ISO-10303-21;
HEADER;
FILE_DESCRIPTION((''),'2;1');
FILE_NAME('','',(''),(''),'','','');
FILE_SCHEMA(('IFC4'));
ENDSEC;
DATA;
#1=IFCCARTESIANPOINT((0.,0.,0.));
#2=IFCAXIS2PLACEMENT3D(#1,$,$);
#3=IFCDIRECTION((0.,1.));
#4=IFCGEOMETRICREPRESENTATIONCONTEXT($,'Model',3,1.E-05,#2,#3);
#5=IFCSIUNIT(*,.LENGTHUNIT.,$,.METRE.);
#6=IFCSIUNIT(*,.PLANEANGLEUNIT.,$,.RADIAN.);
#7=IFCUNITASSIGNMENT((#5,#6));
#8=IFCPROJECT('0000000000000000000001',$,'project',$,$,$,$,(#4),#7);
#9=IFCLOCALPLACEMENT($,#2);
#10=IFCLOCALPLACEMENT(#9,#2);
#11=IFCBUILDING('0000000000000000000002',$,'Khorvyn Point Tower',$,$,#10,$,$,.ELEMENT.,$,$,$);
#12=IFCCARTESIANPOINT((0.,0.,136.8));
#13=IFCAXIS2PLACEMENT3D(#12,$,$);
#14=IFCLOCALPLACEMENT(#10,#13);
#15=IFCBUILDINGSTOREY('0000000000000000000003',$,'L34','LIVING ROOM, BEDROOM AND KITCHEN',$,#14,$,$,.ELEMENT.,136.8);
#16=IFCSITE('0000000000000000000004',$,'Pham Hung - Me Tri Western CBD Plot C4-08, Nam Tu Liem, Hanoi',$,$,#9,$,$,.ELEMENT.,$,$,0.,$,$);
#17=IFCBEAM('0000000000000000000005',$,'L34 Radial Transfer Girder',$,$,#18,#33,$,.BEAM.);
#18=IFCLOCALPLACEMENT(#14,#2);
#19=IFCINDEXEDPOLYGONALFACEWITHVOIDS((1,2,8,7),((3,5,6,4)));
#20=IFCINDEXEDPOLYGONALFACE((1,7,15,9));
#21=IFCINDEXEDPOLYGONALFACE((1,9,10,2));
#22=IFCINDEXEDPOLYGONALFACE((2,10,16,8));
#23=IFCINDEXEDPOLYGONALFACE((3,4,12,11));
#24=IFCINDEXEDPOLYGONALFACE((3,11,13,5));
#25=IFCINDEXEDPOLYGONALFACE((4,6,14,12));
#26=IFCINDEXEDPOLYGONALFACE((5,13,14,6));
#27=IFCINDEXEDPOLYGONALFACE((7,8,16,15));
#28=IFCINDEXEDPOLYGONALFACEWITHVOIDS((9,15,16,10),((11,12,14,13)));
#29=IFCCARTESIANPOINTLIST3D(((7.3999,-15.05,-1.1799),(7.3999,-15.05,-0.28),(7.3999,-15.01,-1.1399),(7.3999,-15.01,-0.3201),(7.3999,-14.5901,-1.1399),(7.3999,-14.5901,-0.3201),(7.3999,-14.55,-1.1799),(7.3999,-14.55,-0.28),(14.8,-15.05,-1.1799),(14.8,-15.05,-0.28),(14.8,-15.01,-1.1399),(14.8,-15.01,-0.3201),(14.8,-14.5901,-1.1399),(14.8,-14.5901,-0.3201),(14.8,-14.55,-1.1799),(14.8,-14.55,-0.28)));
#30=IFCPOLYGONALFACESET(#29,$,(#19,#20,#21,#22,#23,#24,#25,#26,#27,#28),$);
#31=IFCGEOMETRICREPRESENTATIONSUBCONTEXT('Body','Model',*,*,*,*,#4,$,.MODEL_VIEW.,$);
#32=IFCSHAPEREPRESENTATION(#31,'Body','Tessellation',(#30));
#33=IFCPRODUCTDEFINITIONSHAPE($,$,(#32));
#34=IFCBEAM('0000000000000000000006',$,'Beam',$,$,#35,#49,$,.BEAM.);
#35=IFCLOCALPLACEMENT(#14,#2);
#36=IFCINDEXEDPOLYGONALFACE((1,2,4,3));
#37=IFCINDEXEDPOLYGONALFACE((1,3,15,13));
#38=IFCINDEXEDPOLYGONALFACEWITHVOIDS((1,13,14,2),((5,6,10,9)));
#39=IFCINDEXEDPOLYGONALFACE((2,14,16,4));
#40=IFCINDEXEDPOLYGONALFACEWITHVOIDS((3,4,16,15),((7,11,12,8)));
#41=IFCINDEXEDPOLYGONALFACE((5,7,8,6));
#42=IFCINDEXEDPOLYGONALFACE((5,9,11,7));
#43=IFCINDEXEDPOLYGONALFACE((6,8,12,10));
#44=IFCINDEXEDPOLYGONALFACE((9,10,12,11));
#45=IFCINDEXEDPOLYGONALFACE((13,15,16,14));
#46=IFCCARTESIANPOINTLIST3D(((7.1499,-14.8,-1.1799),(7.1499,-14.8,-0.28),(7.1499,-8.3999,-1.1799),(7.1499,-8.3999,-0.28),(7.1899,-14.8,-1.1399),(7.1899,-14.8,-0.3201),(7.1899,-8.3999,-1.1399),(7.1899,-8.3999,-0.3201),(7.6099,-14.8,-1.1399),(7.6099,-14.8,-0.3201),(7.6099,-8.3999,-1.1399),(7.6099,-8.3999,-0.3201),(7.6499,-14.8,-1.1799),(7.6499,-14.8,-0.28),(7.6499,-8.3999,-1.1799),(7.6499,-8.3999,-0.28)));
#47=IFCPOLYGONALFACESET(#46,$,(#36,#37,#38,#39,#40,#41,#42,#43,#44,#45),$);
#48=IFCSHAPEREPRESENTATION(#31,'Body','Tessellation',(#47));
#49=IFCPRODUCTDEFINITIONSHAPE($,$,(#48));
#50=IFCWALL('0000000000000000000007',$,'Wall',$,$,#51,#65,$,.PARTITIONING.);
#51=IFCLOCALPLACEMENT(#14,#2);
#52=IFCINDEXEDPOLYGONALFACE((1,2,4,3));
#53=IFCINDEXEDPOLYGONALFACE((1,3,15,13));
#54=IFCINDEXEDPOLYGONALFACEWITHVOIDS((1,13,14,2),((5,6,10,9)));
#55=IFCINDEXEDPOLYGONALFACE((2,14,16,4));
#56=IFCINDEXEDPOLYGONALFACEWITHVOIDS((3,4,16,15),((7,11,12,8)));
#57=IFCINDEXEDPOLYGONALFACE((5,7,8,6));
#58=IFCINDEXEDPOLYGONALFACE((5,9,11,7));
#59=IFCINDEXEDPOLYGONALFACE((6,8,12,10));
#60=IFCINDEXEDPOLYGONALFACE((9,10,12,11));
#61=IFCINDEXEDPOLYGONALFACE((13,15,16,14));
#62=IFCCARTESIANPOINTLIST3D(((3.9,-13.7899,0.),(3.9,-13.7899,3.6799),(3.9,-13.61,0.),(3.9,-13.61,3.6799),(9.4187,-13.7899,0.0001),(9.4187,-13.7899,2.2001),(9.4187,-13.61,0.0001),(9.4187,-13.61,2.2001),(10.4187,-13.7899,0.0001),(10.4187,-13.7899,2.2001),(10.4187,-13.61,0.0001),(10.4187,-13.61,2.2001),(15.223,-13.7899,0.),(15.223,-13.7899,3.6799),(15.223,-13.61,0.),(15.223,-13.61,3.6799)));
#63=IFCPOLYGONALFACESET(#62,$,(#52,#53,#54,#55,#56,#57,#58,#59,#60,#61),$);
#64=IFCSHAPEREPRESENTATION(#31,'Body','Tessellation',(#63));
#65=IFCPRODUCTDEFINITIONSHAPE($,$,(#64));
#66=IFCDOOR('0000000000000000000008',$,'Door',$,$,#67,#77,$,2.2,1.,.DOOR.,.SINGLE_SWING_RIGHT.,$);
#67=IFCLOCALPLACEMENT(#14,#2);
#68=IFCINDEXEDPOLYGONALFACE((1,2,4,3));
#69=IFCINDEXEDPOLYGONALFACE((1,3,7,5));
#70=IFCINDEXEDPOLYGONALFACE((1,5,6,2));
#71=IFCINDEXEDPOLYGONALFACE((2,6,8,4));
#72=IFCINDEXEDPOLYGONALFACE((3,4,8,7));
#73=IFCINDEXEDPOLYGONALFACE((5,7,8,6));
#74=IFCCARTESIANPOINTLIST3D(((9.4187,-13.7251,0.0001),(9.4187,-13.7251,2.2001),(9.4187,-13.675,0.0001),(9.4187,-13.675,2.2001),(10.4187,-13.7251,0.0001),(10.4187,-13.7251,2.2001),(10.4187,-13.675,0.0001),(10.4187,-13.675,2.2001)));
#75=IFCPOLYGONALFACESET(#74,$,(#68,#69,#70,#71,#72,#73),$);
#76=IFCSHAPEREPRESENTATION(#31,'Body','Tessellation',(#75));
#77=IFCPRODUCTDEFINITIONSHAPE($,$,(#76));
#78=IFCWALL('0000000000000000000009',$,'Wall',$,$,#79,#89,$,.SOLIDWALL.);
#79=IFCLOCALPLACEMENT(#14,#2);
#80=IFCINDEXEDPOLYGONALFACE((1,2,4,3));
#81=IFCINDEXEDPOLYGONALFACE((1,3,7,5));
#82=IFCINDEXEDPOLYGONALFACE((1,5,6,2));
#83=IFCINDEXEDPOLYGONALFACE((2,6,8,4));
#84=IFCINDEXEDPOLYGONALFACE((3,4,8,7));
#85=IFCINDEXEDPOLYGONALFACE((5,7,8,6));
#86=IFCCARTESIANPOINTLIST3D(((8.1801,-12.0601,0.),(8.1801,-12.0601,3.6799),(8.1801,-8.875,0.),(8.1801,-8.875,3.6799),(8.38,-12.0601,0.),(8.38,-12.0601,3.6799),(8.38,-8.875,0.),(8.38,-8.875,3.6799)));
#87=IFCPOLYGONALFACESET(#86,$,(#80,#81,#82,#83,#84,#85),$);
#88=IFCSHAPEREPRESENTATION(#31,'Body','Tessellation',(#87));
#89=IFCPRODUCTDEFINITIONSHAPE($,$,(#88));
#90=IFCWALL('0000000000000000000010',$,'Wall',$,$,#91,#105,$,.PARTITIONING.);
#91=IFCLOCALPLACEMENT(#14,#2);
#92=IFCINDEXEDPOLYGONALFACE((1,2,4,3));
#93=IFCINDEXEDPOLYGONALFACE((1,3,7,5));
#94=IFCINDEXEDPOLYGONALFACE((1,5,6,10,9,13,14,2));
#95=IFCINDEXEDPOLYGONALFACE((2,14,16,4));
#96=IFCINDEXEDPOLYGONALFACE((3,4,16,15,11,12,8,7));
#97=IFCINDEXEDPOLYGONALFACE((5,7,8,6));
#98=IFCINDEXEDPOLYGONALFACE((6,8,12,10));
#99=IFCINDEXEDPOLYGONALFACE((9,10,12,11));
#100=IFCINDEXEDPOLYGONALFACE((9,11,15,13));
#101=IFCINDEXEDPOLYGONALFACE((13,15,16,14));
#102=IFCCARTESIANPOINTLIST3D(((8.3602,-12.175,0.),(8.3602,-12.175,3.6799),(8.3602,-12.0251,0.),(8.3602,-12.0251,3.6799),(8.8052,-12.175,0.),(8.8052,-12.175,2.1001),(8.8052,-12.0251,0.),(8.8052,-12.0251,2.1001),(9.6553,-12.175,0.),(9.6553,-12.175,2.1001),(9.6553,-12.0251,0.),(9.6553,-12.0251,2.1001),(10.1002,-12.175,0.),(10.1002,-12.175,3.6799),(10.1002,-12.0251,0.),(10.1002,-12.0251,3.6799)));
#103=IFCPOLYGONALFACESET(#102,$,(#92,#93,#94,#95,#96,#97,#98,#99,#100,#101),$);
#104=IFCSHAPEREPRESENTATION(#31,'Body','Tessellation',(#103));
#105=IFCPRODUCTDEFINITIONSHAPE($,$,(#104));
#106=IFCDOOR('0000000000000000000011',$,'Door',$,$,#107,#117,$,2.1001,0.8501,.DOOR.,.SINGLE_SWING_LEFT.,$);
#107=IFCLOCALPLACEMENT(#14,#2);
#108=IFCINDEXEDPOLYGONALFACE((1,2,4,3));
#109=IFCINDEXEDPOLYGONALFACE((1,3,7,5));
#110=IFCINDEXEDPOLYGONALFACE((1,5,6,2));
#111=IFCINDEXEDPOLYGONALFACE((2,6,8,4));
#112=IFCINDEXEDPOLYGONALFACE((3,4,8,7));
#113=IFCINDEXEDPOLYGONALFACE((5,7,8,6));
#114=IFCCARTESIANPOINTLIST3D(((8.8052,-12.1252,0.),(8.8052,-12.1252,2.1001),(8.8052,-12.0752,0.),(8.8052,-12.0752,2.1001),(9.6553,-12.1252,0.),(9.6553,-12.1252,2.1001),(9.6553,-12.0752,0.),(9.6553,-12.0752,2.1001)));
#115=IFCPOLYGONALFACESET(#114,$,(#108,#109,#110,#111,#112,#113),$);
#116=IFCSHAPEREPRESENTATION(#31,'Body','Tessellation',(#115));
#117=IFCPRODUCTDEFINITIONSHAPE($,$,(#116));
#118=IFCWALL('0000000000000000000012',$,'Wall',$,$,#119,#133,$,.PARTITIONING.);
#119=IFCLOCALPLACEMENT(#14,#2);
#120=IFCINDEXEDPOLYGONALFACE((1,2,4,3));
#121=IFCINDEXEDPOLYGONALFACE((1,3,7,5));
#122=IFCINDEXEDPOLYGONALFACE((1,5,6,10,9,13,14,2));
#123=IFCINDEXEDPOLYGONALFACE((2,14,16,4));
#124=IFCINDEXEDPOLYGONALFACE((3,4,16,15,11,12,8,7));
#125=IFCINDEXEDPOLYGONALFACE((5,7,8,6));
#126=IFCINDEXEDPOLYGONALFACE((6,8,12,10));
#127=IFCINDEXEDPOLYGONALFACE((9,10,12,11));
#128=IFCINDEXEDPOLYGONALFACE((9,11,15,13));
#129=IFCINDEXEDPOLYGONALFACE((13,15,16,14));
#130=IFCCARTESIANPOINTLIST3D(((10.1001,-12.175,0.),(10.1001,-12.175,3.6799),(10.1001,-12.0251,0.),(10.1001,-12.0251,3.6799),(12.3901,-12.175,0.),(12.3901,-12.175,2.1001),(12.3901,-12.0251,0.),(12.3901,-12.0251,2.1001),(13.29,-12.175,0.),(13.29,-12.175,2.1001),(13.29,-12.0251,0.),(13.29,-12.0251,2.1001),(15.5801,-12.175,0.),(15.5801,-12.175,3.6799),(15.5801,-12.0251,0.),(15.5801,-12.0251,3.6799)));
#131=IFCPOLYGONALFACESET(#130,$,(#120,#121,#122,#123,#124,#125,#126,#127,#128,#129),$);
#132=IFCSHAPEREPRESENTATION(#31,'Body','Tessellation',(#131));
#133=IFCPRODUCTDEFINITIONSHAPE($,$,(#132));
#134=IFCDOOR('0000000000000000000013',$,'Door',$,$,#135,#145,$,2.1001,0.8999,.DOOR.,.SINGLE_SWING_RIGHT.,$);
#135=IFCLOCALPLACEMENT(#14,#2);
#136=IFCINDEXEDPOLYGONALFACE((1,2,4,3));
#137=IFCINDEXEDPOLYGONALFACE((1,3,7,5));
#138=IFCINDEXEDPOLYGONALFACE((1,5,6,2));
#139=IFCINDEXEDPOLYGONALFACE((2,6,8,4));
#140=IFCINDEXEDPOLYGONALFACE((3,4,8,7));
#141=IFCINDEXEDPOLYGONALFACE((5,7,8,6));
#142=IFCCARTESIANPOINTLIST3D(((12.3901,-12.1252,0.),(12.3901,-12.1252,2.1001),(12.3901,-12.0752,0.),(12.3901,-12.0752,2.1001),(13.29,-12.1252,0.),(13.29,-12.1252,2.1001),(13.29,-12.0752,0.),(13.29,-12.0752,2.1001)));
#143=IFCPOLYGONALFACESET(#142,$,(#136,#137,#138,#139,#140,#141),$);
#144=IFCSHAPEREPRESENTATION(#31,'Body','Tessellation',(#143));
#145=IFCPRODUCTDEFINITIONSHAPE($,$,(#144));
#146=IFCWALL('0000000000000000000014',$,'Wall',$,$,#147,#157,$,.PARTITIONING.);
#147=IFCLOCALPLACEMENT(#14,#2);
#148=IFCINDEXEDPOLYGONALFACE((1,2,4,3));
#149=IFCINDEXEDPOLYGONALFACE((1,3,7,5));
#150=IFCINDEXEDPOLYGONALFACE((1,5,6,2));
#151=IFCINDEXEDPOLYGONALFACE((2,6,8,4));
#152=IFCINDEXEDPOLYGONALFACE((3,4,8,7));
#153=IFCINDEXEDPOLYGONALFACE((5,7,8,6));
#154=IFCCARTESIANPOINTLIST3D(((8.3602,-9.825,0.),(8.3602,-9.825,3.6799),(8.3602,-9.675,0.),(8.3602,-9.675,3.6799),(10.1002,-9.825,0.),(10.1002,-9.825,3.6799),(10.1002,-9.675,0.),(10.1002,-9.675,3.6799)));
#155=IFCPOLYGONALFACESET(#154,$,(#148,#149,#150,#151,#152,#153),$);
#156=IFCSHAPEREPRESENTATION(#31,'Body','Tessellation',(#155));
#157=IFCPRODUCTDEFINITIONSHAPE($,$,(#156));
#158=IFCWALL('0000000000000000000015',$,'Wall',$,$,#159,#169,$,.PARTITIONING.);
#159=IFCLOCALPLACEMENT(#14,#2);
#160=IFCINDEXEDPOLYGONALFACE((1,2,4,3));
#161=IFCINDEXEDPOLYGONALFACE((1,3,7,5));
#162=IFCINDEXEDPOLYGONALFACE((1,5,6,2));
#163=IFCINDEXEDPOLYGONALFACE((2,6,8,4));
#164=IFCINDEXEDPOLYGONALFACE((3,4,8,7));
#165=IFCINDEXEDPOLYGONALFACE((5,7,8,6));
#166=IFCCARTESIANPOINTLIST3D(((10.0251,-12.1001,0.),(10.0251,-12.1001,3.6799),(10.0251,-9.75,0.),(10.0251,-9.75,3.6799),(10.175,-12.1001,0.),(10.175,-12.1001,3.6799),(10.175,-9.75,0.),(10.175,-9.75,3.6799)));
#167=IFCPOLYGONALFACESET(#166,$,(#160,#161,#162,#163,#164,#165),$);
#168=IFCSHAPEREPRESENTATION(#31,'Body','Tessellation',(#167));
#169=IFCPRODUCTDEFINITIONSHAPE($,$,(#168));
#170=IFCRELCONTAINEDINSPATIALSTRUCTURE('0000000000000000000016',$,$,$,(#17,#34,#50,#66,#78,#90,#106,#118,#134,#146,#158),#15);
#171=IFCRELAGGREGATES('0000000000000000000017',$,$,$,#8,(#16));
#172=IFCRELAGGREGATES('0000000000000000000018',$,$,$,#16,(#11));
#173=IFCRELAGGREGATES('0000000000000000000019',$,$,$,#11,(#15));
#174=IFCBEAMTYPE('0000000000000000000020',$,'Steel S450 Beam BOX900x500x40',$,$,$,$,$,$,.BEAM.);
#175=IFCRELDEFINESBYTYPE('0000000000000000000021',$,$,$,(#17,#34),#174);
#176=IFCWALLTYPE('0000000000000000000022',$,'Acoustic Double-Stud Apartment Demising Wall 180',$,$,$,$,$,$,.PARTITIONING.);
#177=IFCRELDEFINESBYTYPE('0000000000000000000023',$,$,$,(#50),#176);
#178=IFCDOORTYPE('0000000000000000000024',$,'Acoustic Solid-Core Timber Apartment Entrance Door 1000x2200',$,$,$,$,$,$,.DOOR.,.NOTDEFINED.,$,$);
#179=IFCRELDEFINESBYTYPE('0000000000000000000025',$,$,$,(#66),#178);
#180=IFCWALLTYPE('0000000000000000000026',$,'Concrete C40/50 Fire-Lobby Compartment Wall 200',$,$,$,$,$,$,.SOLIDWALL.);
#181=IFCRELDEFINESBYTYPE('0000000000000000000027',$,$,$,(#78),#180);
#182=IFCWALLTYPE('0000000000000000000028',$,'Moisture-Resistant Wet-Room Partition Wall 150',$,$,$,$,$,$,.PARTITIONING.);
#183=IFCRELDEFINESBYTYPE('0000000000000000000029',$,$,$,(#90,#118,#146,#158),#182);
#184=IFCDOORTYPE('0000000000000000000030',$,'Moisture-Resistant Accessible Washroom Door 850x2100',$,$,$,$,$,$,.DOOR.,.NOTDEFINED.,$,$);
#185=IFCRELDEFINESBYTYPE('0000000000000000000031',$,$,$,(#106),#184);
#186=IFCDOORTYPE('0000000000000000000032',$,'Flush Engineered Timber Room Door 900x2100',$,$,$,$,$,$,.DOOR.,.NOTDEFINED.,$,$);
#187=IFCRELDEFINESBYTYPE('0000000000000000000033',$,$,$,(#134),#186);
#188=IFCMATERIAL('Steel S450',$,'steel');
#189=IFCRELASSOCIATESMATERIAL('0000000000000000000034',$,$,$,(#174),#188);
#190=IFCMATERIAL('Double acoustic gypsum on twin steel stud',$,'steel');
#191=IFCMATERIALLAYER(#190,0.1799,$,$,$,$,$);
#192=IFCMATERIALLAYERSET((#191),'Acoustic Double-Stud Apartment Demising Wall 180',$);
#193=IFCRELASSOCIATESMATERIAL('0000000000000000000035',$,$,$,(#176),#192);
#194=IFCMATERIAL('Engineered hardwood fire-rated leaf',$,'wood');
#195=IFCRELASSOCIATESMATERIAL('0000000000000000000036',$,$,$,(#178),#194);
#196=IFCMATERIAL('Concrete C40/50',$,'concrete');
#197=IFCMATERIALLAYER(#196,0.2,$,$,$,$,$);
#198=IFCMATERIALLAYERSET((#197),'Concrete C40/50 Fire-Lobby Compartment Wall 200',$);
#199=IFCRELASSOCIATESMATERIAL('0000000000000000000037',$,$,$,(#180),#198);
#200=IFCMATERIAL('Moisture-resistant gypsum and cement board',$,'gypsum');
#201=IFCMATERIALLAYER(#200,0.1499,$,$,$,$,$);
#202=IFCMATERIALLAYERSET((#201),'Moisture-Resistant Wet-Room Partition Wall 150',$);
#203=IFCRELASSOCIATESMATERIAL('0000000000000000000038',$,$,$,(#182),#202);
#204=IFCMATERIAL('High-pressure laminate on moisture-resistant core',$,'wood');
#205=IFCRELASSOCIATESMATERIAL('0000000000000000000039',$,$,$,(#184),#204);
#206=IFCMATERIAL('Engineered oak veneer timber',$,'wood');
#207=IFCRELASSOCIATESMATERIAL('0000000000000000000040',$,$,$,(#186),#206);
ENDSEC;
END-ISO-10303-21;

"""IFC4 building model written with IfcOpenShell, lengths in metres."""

from ifc_helpers import new_model, si_unit, direction, frame, frame_2d, origin, origin_2d, place, context, subcontext, project, spatial, rectangle, hollow_rectangle, extrude, material, layer, layer_set, material_profile, profile_set, type_object, element, fill, save


model = new_model("IFC4")

# Units and contexts
model_context = context("Model", 3, precision=1e-05, world=origin(), true_north=direction((0.0, 1.0)))
body_context = subcontext(model_context, "Body", "Model", "MODEL_VIEW")
ifc_project = project(units=[si_unit("LENGTHUNIT", "METRE"), si_unit("PLANEANGLEUNIT", "RADIAN")], contexts=[model_context])

# Site, building, storey
site_placement = place(None, origin())
site = spatial("IfcSite", under=ifc_project, at=site_placement, Name="Pham Hung - Me Tri Western CBD Plot C4-08, Nam Tu Liem, Hanoi", CompositionType="ELEMENT", RefElevation=0.0)
building_placement = place(site_placement, origin())
building = spatial("IfcBuilding", under=site, at=building_placement, Name="Khorvyn Point Tower", CompositionType="ELEMENT")
storey_placement = place(building_placement, frame((0.0, 0.0, 136.8)))
storey = spatial("IfcBuildingStorey", under=building, at=storey_placement, Name="L34", Description="LIVING ROOM, BEDROOM AND KITCHEN", CompositionType="ELEMENT", Elevation=136.8)

# Beams
ifc_material_1 = material(Name="Steel S450", Category="steel")
ifc_material_profile = material_profile(ifc_material_1, hollow_rectangle(XDim=0.5, YDim=0.8999, WallThickness=0.04, at=origin_2d()))
ifc_profile_set = profile_set([ifc_material_profile], Name="Steel S450 BOX900x500x40")
beam_type = type_object("IfcBeamType", Name="Steel S450 Beam BOX900x500x40", PredefinedType="BEAM", material=ifc_profile_set)
beam_1_placement = place(storey_placement, frame((7.3999, -14.8, -0.73), z_axis=(1.0, 0.0, 0.0), x_axis=(0.0, 1.0, 0.0)))
element("IfcBeam", 1, at=beam_1_placement, inside=storey, type_object=beam_type, Name="L34 Radial Transfer Girder", PredefinedType="BEAM", context=body_context, shape_type="SweptSolid", body=[
    extrude(hollow_rectangle(XDim=0.5, YDim=0.8999, WallThickness=0.04, at=origin_2d()), origin(), (0.0, 0.0, 1.0), 7.4001),
])
beam_2_placement = place(storey_placement, frame((7.3999, -14.8, -0.73), z_axis=(0.0, 1.0, 0.0), x_axis=(-1.0, 0.0, 0.0)))
element("IfcBeam", 2, at=beam_2_placement, inside=storey, type_object=beam_type, Name="Beam", PredefinedType="BEAM", context=body_context, shape_type="SweptSolid", body=[
    extrude(hollow_rectangle(XDim=0.5, YDim=0.8999, WallThickness=0.04, at=origin_2d()), origin(), (0.0, 0.0, 1.0), 6.4001),
])

# Wall, opening, door
ifc_material_2 = material(Name="Double acoustic gypsum on twin steel stud", Category="steel")
ifc_layer_1 = layer(ifc_material_2, 0.1799)
ifc_layer_set_1 = layer_set([ifc_layer_1], Name="Acoustic Double-Stud Apartment Demising Wall 180")
wall_type_1 = type_object("IfcWallType", Name="Acoustic Double-Stud Apartment Demising Wall 180", PredefinedType="PARTITIONING", material=ifc_layer_set_1)
wall_1_placement = place(storey_placement, frame((3.8999, -13.7, 0.0), z_axis=(0.0, 0.0, 1.0), x_axis=(1.0, 0.0, 0.0)))
wall_1 = element("IfcWall", 3, at=wall_1_placement, inside=storey, type_object=wall_type_1, Name="Wall", PredefinedType="PARTITIONING", context=body_context, shape_type="SweptSolid", body=[
    extrude(rectangle(XDim=11.323, YDim=0.1799, at=frame_2d((5.6616, 0.0))), origin(), (0.0, 0.0, 1.0), 3.6799),
])
opening_1_placement = place(wall_1_placement, frame((5.5188, 0.0, 0.0)))
opening_1 = element("IfcOpeningElement", 4, at=opening_1_placement, cuts=wall_1, PredefinedType="OPENING", context=body_context, shape_type="SweptSolid", body=[
    extrude(rectangle(XDim=1.0, YDim=2.2, at=frame_2d((0.5, 1.1001))), frame((0.0, 0.0999, 0.0), z_axis=(0.0, -1.0, 0.0), x_axis=(1.0, 0.0, 0.0)), (0.0, 0.0, 1.0), 0.2),
])
ifc_material_3 = material(Name="Engineered hardwood fire-rated leaf", Category="wood")
door_type_1 = type_object("IfcDoorType", Name="Acoustic Solid-Core Timber Apartment Entrance Door 1000x2200", OperationType="NOTDEFINED", PredefinedType="DOOR", material=ifc_material_3)
door_1_placement = place(opening_1_placement, origin())
door_1 = element("IfcDoor", 5, at=door_1_placement, inside=storey, type_object=door_type_1, Name="Door", OperationType="SINGLE_SWING_RIGHT", OverallHeight=2.2, OverallWidth=1.0, PredefinedType="DOOR", context=body_context, shape_type="SweptSolid", body=[
    extrude(rectangle(XDim=1.0, YDim=2.2, at=frame_2d((0.5, 1.1001))), frame((0.0, 0.0249, 0.0), z_axis=(0.0, -1.0, 0.0), x_axis=(1.0, 0.0, 0.0)), (0.0, 0.0, 1.0), 0.05),
])
fill(opening_1, door_1)
ifc_material_4 = material(Name="Concrete C40/50", Category="concrete")
ifc_layer_2 = layer(ifc_material_4, 0.2)
ifc_layer_set_2 = layer_set([ifc_layer_2], Name="Concrete C40/50 Fire-Lobby Compartment Wall 200")
wall_type_2 = type_object("IfcWallType", Name="Concrete C40/50 Fire-Lobby Compartment Wall 200", PredefinedType="SOLIDWALL", material=ifc_layer_set_2)

# Wall
wall_2_placement = place(storey_placement, frame((8.28, -12.0601, 0.0), z_axis=(0.0, 0.0, 1.0), x_axis=(0.0, 1.0, 0.0)))
element("IfcWall", 6, at=wall_2_placement, inside=storey, type_object=wall_type_2, Name="Wall", PredefinedType="SOLIDWALL", context=body_context, shape_type="SweptSolid", body=[
    extrude(rectangle(XDim=3.1851, YDim=0.2, at=frame_2d((1.5925, 0.0))), origin(), (0.0, 0.0, 1.0), 3.6799),
])

# Walls, openings, doors
ifc_material_5 = material(Name="Moisture-resistant gypsum and cement board", Category="gypsum")
ifc_layer_3 = layer(ifc_material_5, 0.1499)
ifc_layer_set_3 = layer_set([ifc_layer_3], Name="Moisture-Resistant Wet-Room Partition Wall 150")
wall_type_3 = type_object("IfcWallType", Name="Moisture-Resistant Wet-Room Partition Wall 150", PredefinedType="PARTITIONING", material=ifc_layer_set_3)
wall_3_placement = place(storey_placement, frame((8.3601, -12.1001, 0.0), z_axis=(0.0, 0.0, 1.0), x_axis=(1.0, 0.0, 0.0)))
wall_3 = element("IfcWall", 7, at=wall_3_placement, inside=storey, type_object=wall_type_3, Name="Wall", PredefinedType="PARTITIONING", context=body_context, shape_type="SweptSolid", body=[
    extrude(rectangle(XDim=1.74, YDim=0.1499, at=frame_2d((0.8701, 0.0))), origin(), (0.0, 0.0, 1.0), 3.6799),
])
opening_2_placement = place(wall_3_placement, frame((0.4451, 0.0, 0.0)))
opening_2 = element("IfcOpeningElement", 8, at=opening_2_placement, cuts=wall_3, PredefinedType="OPENING", context=body_context, shape_type="SweptSolid", body=[
    extrude(rectangle(XDim=0.8501, YDim=2.1001, at=frame_2d((0.425, 1.05))), frame((0.0, 0.085, 0.0), z_axis=(0.0, -1.0, 0.0), x_axis=(1.0, 0.0, 0.0)), (0.0, 0.0, 1.0), 0.1699),
])
ifc_material_6 = material(Name="High-pressure laminate on moisture-resistant core", Category="wood")
door_type_2 = type_object("IfcDoorType", Name="Moisture-Resistant Accessible Washroom Door 850x2100", OperationType="NOTDEFINED", PredefinedType="DOOR", material=ifc_material_6)
door_2_placement = place(opening_2_placement, origin())
door_2 = element("IfcDoor", 9, at=door_2_placement, inside=storey, type_object=door_type_2, Name="Door", OperationType="SINGLE_SWING_LEFT", OverallHeight=2.1001, OverallWidth=0.8501, PredefinedType="DOOR", context=body_context, shape_type="SweptSolid", body=[
    extrude(rectangle(XDim=0.8501, YDim=2.1001, at=frame_2d((0.425, 1.05))), frame((0.0, 0.0249, 0.0), z_axis=(0.0, -1.0, 0.0), x_axis=(1.0, 0.0, 0.0)), (0.0, 0.0, 1.0), 0.05),
])
fill(opening_2, door_2)
wall_4_placement = place(storey_placement, frame((10.1001, -12.1001, 0.0), z_axis=(0.0, 0.0, 1.0), x_axis=(1.0, 0.0, 0.0)))
wall_4 = element("IfcWall", 10, at=wall_4_placement, inside=storey, type_object=wall_type_3, Name="Wall", PredefinedType="PARTITIONING", context=body_context, shape_type="SweptSolid", body=[
    extrude(rectangle(XDim=5.48, YDim=0.1499, at=frame_2d((2.74, 0.0))), origin(), (0.0, 0.0, 1.0), 3.6799),
])
opening_3_placement = place(wall_4_placement, frame((2.29, 0.0, 0.0)))
opening_3 = element("IfcOpeningElement", 11, at=opening_3_placement, cuts=wall_4, PredefinedType="OPENING", context=body_context, shape_type="SweptSolid", body=[
    extrude(rectangle(XDim=0.8999, YDim=2.1001, at=frame_2d((0.45, 1.05))), frame((0.0, 0.085, 0.0), z_axis=(0.0, -1.0, 0.0), x_axis=(1.0, 0.0, 0.0)), (0.0, 0.0, 1.0), 0.1699),
])
ifc_material_7 = material(Name="Engineered oak veneer timber", Category="wood")
door_type_3 = type_object("IfcDoorType", Name="Flush Engineered Timber Room Door 900x2100", OperationType="NOTDEFINED", PredefinedType="DOOR", material=ifc_material_7)
door_3_placement = place(opening_3_placement, origin())
door_3 = element("IfcDoor", 12, at=door_3_placement, inside=storey, type_object=door_type_3, Name="Door", OperationType="SINGLE_SWING_RIGHT", OverallHeight=2.1001, OverallWidth=0.8999, PredefinedType="DOOR", context=body_context, shape_type="SweptSolid", body=[
    extrude(rectangle(XDim=0.8999, YDim=2.1001, at=frame_2d((0.45, 1.05))), frame((0.0, 0.0249, 0.0), z_axis=(0.0, -1.0, 0.0), x_axis=(1.0, 0.0, 0.0)), (0.0, 0.0, 1.0), 0.05),
])
fill(opening_3, door_3)

# Walls
wall_5_placement = place(storey_placement, frame((8.3601, -9.75, 0.0), z_axis=(0.0, 0.0, 1.0), x_axis=(1.0, 0.0, 0.0)))
element("IfcWall", 13, at=wall_5_placement, inside=storey, type_object=wall_type_3, Name="Wall", PredefinedType="PARTITIONING", context=body_context, shape_type="SweptSolid", body=[
    extrude(rectangle(XDim=1.74, YDim=0.1499, at=frame_2d((0.8701, 0.0))), origin(), (0.0, 0.0, 1.0), 3.6799),
])
wall_6_placement = place(storey_placement, frame((10.1001, -12.1001, 0.0), z_axis=(0.0, 0.0, 1.0), x_axis=(0.0, 1.0, 0.0)))
element("IfcWall", 14, at=wall_6_placement, inside=storey, type_object=wall_type_3, Name="Wall", PredefinedType="PARTITIONING", context=body_context, shape_type="SweptSolid", body=[
    extrude(rectangle(XDim=2.3501, YDim=0.1499, at=frame_2d((1.175, 0.0))), origin(), (0.0, 0.0, 1.0), 3.6799),
])

save(model, "model.ifc")
